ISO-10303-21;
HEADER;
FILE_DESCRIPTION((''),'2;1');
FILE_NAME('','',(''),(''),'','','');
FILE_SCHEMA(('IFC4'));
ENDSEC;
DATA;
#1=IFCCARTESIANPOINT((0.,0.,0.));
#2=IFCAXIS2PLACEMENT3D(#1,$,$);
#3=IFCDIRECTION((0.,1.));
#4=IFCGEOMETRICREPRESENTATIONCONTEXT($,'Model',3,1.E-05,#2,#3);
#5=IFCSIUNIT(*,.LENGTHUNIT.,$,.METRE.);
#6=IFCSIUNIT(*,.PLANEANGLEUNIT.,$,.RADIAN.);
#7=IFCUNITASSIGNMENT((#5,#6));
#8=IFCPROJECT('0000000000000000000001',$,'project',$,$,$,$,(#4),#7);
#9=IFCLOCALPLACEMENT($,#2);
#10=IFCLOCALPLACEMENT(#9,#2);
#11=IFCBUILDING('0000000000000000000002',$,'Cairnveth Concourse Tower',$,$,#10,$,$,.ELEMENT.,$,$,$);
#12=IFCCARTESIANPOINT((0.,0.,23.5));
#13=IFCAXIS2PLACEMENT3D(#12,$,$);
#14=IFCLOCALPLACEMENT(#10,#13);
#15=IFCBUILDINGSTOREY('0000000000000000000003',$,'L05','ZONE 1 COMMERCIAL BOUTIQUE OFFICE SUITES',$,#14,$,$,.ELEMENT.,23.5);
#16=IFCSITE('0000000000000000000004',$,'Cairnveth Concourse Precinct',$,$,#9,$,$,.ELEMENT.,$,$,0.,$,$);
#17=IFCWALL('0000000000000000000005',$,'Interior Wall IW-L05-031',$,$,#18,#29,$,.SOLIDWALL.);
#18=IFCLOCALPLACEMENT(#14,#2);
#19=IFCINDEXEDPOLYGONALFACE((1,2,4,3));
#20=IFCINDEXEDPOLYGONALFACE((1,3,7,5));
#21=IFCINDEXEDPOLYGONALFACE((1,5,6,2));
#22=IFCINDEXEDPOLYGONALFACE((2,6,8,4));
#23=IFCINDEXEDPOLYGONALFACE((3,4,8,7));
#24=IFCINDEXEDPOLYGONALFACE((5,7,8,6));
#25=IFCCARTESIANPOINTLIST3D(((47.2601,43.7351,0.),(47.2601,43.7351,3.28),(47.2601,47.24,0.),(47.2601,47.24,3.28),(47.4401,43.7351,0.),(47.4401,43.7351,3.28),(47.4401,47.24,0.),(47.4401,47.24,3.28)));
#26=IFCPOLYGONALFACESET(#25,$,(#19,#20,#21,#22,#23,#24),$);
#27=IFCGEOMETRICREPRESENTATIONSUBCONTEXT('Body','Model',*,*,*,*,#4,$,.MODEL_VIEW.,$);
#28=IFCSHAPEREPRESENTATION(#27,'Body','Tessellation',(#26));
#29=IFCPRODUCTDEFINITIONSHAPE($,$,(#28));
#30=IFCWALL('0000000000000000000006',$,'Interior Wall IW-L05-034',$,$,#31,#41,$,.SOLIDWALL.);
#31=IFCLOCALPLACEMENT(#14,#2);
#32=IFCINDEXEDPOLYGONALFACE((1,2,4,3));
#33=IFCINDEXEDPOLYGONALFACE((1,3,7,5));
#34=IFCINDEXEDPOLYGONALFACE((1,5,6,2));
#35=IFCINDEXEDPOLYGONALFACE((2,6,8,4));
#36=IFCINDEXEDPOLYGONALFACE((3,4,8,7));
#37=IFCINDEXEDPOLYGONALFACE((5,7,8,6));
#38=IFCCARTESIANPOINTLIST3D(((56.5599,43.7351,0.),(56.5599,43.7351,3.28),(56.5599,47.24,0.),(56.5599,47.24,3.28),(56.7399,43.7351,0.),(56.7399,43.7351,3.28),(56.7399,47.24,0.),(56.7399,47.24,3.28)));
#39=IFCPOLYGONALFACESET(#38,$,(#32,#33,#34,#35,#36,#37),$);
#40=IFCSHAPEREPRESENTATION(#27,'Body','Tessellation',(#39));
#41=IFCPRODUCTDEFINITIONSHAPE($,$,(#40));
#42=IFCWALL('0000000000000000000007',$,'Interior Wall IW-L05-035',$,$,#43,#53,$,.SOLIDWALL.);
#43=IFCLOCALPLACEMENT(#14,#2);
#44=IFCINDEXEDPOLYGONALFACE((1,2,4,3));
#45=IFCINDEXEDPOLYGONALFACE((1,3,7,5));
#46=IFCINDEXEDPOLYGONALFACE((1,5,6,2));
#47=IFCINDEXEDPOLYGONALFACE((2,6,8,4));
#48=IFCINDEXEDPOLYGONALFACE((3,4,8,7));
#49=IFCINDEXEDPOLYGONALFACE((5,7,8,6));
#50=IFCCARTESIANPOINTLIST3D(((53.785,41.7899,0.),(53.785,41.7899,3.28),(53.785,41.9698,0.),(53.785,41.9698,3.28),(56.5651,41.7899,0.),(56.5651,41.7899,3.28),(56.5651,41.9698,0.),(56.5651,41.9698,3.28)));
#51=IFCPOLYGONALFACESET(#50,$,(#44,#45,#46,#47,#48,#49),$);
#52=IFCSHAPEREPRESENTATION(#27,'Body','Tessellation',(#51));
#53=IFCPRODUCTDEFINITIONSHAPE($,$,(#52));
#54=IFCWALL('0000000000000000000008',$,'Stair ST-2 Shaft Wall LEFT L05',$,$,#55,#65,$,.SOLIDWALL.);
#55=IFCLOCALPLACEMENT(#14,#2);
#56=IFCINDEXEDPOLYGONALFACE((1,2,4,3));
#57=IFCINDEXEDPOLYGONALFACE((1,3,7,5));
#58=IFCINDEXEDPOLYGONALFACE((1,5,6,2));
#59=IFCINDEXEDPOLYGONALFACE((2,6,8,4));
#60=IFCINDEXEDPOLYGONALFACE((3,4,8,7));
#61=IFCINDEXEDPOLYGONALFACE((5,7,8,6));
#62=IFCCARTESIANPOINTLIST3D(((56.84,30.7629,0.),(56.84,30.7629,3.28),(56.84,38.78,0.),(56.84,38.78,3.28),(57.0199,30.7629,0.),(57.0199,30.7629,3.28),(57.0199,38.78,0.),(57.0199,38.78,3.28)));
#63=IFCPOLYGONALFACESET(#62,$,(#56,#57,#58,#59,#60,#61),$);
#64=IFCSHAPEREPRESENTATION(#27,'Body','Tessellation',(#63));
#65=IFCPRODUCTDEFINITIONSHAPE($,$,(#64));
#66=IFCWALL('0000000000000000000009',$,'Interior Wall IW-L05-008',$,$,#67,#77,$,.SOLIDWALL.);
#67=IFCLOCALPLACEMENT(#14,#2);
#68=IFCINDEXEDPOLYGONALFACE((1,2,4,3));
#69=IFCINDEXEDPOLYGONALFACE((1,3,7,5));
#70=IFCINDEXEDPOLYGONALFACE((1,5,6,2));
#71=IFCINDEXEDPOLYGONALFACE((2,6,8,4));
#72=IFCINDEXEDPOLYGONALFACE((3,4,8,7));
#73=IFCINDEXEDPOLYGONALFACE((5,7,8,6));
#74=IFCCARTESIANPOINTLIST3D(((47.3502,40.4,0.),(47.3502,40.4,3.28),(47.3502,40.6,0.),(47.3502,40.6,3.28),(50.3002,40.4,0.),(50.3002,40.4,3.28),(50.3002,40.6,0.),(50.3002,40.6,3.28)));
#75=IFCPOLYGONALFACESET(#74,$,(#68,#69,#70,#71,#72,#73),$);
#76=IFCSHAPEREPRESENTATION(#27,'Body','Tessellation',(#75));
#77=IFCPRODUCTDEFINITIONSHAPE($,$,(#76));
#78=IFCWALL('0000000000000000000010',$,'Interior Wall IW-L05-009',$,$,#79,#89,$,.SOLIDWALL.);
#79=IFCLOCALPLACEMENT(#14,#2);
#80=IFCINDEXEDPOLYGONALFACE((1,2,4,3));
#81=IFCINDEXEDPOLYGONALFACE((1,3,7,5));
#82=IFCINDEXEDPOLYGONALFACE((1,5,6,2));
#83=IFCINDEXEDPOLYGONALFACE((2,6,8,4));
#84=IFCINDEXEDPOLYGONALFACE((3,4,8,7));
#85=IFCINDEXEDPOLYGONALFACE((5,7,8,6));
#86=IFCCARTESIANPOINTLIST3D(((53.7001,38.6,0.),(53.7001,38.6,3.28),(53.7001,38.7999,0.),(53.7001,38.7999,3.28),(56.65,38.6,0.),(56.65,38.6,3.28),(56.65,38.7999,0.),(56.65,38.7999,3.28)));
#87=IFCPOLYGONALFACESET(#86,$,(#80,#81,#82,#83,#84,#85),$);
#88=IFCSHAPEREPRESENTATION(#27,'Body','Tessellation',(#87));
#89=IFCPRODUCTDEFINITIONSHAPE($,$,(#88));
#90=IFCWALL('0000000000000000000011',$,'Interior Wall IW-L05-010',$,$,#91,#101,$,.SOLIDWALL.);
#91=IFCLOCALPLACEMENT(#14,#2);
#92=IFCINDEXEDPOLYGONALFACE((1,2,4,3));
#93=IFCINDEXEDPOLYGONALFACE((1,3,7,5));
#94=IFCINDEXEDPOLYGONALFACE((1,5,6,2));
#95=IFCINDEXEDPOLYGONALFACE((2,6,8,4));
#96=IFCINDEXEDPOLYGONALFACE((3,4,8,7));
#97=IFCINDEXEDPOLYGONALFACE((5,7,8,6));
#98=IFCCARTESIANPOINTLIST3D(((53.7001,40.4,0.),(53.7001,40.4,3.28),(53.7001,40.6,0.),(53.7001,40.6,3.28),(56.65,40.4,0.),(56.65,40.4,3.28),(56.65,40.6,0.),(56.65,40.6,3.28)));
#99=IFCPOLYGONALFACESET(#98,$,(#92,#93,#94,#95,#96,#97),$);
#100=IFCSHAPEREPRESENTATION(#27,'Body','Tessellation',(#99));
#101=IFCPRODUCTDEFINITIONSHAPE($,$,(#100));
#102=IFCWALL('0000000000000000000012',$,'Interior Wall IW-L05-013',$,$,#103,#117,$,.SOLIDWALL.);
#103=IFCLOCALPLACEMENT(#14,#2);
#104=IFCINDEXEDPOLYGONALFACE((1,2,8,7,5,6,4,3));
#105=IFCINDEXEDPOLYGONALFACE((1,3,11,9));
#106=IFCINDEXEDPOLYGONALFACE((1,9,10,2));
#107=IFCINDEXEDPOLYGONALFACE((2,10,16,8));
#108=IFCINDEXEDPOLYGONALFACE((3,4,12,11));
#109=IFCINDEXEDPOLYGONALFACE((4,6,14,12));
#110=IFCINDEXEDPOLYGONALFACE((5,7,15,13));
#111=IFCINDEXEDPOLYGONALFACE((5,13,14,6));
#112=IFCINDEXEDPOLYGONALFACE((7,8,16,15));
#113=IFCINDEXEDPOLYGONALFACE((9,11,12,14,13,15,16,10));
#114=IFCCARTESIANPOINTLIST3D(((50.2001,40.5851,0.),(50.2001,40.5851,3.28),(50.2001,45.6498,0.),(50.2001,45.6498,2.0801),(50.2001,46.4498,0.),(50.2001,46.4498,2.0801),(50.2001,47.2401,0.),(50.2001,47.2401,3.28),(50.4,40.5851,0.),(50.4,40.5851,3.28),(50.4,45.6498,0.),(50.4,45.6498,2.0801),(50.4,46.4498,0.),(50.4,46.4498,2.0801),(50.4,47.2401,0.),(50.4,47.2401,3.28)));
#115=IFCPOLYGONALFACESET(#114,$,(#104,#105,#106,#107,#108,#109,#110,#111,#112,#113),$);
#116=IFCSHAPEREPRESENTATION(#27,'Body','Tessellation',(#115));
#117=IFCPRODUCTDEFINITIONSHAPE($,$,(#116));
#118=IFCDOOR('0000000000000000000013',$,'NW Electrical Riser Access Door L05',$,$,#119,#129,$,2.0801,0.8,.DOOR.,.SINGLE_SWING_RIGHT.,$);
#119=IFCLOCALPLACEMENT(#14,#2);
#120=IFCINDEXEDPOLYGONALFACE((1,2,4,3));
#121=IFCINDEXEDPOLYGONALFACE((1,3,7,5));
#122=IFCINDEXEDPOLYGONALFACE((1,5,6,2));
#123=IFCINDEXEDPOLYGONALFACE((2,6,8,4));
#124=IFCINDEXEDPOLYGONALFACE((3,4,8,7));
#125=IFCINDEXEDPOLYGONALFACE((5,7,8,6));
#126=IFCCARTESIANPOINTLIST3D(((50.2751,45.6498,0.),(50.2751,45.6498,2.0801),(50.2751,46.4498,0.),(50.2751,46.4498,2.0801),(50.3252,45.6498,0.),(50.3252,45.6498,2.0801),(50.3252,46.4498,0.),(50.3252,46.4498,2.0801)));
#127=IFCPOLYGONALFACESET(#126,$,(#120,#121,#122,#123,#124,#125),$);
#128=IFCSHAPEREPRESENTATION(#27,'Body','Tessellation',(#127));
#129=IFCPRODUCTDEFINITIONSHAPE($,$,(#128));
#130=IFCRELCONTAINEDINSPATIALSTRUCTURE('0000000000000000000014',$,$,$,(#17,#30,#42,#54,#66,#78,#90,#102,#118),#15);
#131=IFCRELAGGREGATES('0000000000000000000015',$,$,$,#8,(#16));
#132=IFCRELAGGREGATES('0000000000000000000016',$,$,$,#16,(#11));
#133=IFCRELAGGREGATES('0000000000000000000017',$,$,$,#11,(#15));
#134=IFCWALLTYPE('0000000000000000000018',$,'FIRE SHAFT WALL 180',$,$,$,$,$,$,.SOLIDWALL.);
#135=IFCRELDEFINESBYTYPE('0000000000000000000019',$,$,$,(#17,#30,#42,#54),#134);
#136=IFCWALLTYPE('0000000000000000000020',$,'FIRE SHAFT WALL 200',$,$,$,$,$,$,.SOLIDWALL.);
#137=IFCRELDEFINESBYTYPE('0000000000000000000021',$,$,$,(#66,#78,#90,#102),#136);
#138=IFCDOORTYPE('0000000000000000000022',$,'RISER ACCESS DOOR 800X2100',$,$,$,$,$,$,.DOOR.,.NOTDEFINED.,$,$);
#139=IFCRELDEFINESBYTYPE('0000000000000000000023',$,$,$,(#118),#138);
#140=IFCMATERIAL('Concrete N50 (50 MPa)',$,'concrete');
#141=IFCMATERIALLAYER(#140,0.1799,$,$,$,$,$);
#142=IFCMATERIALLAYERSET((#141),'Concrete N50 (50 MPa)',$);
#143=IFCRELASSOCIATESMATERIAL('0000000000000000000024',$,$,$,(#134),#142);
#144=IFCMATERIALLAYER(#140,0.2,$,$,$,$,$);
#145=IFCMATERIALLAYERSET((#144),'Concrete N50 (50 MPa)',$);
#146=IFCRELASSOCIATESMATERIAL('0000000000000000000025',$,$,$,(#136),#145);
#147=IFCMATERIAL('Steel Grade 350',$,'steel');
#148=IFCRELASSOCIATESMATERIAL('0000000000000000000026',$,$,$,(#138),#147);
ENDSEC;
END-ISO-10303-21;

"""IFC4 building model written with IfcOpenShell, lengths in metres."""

from ifc_helpers import new_model, si_unit, direction, frame, frame_2d, origin, place, context, subcontext, project, spatial, rectangle, extrude, material, layer, layer_set, type_object, element, fill, save


model = new_model("IFC4")

# Units and contexts
model_context = context("Model", 3, precision=1e-05, world=origin(), true_north=direction((0.0, 1.0)))
body_context = subcontext(model_context, "Body", "Model", "MODEL_VIEW")
ifc_project = project(units=[si_unit("LENGTHUNIT", "METRE"), si_unit("PLANEANGLEUNIT", "RADIAN")], contexts=[model_context])

# Site, building, storey
site_placement = place(None, origin())
site = spatial("IfcSite", under=ifc_project, at=site_placement, Name="Cairnveth Concourse Precinct", CompositionType="ELEMENT", RefElevation=0.0)
building_placement = place(site_placement, origin())
building = spatial("IfcBuilding", under=site, at=building_placement, Name="Cairnveth Concourse Tower", CompositionType="ELEMENT")
storey_placement = place(building_placement, frame((0.0, 0.0, 23.5)))
storey = spatial("IfcBuildingStorey", under=building, at=storey_placement, Name="L05", Description="ZONE 1 COMMERCIAL BOUTIQUE OFFICE SUITES", CompositionType="ELEMENT", Elevation=23.5)

# Walls
ifc_material_1 = material(Name="Concrete N50 (50 MPa)", Category="concrete")
ifc_layer_1 = layer(ifc_material_1, 0.1799)
ifc_layer_set_1 = layer_set([ifc_layer_1], Name="Concrete N50 (50 MPa)")
wall_type_1 = type_object("IfcWallType", Name="FIRE SHAFT WALL 180", PredefinedType="SOLIDWALL", material=ifc_layer_set_1)
for number, where, z_axis, x_axis, name in (
    (1, (47.3501, 43.7351, 0.0), (0.0, 0.0, 1.0), (0.0, 1.0, 0.0), "Interior Wall IW-L05-031"),
    (2, (56.6499, 43.7351, 0.0), (0.0, 0.0, 1.0), (0.0, 1.0, 0.0), "Interior Wall IW-L05-034"),
):
    element("IfcWall", number, at=place(storey_placement, frame(where, z_axis=z_axis, x_axis=x_axis)), inside=storey, type_object=wall_type_1, Name=name, PredefinedType="SOLIDWALL", context=body_context, shape_type="SweptSolid", body=[
        extrude(rectangle(XDim=3.5049, YDim=0.1799, at=frame_2d((1.7524, 0.0))), origin(), (0.0, 0.0, 1.0), 3.28),
    ])
wall_1_placement = place(storey_placement, frame((53.7849, 41.8799, 0.0), z_axis=(0.0, 0.0, 1.0), x_axis=(1.0, 0.0, 0.0)))
element("IfcWall", 3, at=wall_1_placement, inside=storey, type_object=wall_type_1, Name="Interior Wall IW-L05-035", PredefinedType="SOLIDWALL", context=body_context, shape_type="SweptSolid", body=[
    extrude(rectangle(XDim=2.78, YDim=0.1799, at=frame_2d((1.3901, 0.0))), origin(), (0.0, 0.0, 1.0), 3.28),
])
wall_2_placement = place(storey_placement, frame((56.9299, 38.78, 0.0), z_axis=(0.0, 0.0, 1.0), x_axis=(0.0, -1.0, 0.0)))
element("IfcWall", 4, at=wall_2_placement, inside=storey, type_object=wall_type_1, Name="Stair ST-2 Shaft Wall LEFT L05", PredefinedType="SOLIDWALL", context=body_context, shape_type="SweptSolid", body=[
    extrude(rectangle(XDim=8.0171, YDim=0.1799, at=frame_2d((4.0085, 0.0))), origin(), (0.0, 0.0, 1.0), 3.28),
])
ifc_layer_2 = layer(ifc_material_1, 0.2)
ifc_layer_set_2 = layer_set([ifc_layer_2], Name="Concrete N50 (50 MPa)")
wall_type_2 = type_object("IfcWallType", Name="FIRE SHAFT WALL 200", PredefinedType="SOLIDWALL", material=ifc_layer_set_2)
for number, where, z_axis, x_axis, name in (
    (5, (47.3501, 40.5, 0.0), (0.0, 0.0, 1.0), (1.0, 0.0, 0.0), "Interior Wall IW-L05-008"),
    (6, (53.7, 38.7, 0.0), (0.0, 0.0, 1.0), (1.0, 0.0, 0.0), "Interior Wall IW-L05-009"),
    (7, (53.7, 40.5, 0.0), (0.0, 0.0, 1.0), (1.0, 0.0, 0.0), "Interior Wall IW-L05-010"),
):
    element("IfcWall", number, at=place(storey_placement, frame(where, z_axis=z_axis, x_axis=x_axis)), inside=storey, type_object=wall_type_2, Name=name, PredefinedType="SOLIDWALL", context=body_context, shape_type="SweptSolid", body=[
        extrude(rectangle(XDim=2.95, YDim=0.2, at=frame_2d((1.4751, 0.0))), origin(), (0.0, 0.0, 1.0), 3.28),
    ])

# Wall, opening, door
wall_3_placement = place(storey_placement, frame((50.3, 40.585, 0.0), z_axis=(0.0, 0.0, 1.0), x_axis=(0.0, 1.0, 0.0)))
wall_3 = element("IfcWall", 8, at=wall_3_placement, inside=storey, type_object=wall_type_2, Name="Interior Wall IW-L05-013", PredefinedType="SOLIDWALL", context=body_context, shape_type="SweptSolid", body=[
    extrude(rectangle(XDim=6.655, YDim=0.2, at=frame_2d((3.3276, 0.0))), origin(), (0.0, 0.0, 1.0), 3.28),
])
opening_1_placement = place(wall_3_placement, frame((5.0649, 0.0, 0.0)))
opening_1 = element("IfcOpeningElement", 9, at=opening_1_placement, cuts=wall_3, PredefinedType="OPENING", context=body_context, shape_type="SweptSolid", body=[
    extrude(rectangle(XDim=0.8, YDim=2.0801, at=frame_2d((0.3999, 1.04))), frame((0.0, 0.1099, 0.0), z_axis=(0.0, -1.0, 0.0), x_axis=(1.0, 0.0, 0.0)), (0.0, 0.0, 1.0), 0.22),
])
ifc_material_2 = material(Name="Steel Grade 350", Category="steel")
door_type_1 = type_object("IfcDoorType", Name="RISER ACCESS DOOR 800X2100", OperationType="NOTDEFINED", PredefinedType="DOOR", material=ifc_material_2)
door_1_placement = place(opening_1_placement, origin())
door_1 = element("IfcDoor", 10, at=door_1_placement, inside=storey, type_object=door_type_1, Name="NW Electrical Riser Access Door L05", OperationType="SINGLE_SWING_RIGHT", OverallHeight=2.0801, OverallWidth=0.8, PredefinedType="DOOR", context=body_context, shape_type="SweptSolid", body=[
    extrude(rectangle(XDim=0.8, YDim=2.0801, at=frame_2d((0.3999, 1.04))), frame((0.0, 0.0249, 0.0), z_axis=(0.0, -1.0, 0.0), x_axis=(1.0, 0.0, 0.0)), (0.0, 0.0, 1.0), 0.05),
])
fill(opening_1, door_1)

save(model, "model.ifc")
